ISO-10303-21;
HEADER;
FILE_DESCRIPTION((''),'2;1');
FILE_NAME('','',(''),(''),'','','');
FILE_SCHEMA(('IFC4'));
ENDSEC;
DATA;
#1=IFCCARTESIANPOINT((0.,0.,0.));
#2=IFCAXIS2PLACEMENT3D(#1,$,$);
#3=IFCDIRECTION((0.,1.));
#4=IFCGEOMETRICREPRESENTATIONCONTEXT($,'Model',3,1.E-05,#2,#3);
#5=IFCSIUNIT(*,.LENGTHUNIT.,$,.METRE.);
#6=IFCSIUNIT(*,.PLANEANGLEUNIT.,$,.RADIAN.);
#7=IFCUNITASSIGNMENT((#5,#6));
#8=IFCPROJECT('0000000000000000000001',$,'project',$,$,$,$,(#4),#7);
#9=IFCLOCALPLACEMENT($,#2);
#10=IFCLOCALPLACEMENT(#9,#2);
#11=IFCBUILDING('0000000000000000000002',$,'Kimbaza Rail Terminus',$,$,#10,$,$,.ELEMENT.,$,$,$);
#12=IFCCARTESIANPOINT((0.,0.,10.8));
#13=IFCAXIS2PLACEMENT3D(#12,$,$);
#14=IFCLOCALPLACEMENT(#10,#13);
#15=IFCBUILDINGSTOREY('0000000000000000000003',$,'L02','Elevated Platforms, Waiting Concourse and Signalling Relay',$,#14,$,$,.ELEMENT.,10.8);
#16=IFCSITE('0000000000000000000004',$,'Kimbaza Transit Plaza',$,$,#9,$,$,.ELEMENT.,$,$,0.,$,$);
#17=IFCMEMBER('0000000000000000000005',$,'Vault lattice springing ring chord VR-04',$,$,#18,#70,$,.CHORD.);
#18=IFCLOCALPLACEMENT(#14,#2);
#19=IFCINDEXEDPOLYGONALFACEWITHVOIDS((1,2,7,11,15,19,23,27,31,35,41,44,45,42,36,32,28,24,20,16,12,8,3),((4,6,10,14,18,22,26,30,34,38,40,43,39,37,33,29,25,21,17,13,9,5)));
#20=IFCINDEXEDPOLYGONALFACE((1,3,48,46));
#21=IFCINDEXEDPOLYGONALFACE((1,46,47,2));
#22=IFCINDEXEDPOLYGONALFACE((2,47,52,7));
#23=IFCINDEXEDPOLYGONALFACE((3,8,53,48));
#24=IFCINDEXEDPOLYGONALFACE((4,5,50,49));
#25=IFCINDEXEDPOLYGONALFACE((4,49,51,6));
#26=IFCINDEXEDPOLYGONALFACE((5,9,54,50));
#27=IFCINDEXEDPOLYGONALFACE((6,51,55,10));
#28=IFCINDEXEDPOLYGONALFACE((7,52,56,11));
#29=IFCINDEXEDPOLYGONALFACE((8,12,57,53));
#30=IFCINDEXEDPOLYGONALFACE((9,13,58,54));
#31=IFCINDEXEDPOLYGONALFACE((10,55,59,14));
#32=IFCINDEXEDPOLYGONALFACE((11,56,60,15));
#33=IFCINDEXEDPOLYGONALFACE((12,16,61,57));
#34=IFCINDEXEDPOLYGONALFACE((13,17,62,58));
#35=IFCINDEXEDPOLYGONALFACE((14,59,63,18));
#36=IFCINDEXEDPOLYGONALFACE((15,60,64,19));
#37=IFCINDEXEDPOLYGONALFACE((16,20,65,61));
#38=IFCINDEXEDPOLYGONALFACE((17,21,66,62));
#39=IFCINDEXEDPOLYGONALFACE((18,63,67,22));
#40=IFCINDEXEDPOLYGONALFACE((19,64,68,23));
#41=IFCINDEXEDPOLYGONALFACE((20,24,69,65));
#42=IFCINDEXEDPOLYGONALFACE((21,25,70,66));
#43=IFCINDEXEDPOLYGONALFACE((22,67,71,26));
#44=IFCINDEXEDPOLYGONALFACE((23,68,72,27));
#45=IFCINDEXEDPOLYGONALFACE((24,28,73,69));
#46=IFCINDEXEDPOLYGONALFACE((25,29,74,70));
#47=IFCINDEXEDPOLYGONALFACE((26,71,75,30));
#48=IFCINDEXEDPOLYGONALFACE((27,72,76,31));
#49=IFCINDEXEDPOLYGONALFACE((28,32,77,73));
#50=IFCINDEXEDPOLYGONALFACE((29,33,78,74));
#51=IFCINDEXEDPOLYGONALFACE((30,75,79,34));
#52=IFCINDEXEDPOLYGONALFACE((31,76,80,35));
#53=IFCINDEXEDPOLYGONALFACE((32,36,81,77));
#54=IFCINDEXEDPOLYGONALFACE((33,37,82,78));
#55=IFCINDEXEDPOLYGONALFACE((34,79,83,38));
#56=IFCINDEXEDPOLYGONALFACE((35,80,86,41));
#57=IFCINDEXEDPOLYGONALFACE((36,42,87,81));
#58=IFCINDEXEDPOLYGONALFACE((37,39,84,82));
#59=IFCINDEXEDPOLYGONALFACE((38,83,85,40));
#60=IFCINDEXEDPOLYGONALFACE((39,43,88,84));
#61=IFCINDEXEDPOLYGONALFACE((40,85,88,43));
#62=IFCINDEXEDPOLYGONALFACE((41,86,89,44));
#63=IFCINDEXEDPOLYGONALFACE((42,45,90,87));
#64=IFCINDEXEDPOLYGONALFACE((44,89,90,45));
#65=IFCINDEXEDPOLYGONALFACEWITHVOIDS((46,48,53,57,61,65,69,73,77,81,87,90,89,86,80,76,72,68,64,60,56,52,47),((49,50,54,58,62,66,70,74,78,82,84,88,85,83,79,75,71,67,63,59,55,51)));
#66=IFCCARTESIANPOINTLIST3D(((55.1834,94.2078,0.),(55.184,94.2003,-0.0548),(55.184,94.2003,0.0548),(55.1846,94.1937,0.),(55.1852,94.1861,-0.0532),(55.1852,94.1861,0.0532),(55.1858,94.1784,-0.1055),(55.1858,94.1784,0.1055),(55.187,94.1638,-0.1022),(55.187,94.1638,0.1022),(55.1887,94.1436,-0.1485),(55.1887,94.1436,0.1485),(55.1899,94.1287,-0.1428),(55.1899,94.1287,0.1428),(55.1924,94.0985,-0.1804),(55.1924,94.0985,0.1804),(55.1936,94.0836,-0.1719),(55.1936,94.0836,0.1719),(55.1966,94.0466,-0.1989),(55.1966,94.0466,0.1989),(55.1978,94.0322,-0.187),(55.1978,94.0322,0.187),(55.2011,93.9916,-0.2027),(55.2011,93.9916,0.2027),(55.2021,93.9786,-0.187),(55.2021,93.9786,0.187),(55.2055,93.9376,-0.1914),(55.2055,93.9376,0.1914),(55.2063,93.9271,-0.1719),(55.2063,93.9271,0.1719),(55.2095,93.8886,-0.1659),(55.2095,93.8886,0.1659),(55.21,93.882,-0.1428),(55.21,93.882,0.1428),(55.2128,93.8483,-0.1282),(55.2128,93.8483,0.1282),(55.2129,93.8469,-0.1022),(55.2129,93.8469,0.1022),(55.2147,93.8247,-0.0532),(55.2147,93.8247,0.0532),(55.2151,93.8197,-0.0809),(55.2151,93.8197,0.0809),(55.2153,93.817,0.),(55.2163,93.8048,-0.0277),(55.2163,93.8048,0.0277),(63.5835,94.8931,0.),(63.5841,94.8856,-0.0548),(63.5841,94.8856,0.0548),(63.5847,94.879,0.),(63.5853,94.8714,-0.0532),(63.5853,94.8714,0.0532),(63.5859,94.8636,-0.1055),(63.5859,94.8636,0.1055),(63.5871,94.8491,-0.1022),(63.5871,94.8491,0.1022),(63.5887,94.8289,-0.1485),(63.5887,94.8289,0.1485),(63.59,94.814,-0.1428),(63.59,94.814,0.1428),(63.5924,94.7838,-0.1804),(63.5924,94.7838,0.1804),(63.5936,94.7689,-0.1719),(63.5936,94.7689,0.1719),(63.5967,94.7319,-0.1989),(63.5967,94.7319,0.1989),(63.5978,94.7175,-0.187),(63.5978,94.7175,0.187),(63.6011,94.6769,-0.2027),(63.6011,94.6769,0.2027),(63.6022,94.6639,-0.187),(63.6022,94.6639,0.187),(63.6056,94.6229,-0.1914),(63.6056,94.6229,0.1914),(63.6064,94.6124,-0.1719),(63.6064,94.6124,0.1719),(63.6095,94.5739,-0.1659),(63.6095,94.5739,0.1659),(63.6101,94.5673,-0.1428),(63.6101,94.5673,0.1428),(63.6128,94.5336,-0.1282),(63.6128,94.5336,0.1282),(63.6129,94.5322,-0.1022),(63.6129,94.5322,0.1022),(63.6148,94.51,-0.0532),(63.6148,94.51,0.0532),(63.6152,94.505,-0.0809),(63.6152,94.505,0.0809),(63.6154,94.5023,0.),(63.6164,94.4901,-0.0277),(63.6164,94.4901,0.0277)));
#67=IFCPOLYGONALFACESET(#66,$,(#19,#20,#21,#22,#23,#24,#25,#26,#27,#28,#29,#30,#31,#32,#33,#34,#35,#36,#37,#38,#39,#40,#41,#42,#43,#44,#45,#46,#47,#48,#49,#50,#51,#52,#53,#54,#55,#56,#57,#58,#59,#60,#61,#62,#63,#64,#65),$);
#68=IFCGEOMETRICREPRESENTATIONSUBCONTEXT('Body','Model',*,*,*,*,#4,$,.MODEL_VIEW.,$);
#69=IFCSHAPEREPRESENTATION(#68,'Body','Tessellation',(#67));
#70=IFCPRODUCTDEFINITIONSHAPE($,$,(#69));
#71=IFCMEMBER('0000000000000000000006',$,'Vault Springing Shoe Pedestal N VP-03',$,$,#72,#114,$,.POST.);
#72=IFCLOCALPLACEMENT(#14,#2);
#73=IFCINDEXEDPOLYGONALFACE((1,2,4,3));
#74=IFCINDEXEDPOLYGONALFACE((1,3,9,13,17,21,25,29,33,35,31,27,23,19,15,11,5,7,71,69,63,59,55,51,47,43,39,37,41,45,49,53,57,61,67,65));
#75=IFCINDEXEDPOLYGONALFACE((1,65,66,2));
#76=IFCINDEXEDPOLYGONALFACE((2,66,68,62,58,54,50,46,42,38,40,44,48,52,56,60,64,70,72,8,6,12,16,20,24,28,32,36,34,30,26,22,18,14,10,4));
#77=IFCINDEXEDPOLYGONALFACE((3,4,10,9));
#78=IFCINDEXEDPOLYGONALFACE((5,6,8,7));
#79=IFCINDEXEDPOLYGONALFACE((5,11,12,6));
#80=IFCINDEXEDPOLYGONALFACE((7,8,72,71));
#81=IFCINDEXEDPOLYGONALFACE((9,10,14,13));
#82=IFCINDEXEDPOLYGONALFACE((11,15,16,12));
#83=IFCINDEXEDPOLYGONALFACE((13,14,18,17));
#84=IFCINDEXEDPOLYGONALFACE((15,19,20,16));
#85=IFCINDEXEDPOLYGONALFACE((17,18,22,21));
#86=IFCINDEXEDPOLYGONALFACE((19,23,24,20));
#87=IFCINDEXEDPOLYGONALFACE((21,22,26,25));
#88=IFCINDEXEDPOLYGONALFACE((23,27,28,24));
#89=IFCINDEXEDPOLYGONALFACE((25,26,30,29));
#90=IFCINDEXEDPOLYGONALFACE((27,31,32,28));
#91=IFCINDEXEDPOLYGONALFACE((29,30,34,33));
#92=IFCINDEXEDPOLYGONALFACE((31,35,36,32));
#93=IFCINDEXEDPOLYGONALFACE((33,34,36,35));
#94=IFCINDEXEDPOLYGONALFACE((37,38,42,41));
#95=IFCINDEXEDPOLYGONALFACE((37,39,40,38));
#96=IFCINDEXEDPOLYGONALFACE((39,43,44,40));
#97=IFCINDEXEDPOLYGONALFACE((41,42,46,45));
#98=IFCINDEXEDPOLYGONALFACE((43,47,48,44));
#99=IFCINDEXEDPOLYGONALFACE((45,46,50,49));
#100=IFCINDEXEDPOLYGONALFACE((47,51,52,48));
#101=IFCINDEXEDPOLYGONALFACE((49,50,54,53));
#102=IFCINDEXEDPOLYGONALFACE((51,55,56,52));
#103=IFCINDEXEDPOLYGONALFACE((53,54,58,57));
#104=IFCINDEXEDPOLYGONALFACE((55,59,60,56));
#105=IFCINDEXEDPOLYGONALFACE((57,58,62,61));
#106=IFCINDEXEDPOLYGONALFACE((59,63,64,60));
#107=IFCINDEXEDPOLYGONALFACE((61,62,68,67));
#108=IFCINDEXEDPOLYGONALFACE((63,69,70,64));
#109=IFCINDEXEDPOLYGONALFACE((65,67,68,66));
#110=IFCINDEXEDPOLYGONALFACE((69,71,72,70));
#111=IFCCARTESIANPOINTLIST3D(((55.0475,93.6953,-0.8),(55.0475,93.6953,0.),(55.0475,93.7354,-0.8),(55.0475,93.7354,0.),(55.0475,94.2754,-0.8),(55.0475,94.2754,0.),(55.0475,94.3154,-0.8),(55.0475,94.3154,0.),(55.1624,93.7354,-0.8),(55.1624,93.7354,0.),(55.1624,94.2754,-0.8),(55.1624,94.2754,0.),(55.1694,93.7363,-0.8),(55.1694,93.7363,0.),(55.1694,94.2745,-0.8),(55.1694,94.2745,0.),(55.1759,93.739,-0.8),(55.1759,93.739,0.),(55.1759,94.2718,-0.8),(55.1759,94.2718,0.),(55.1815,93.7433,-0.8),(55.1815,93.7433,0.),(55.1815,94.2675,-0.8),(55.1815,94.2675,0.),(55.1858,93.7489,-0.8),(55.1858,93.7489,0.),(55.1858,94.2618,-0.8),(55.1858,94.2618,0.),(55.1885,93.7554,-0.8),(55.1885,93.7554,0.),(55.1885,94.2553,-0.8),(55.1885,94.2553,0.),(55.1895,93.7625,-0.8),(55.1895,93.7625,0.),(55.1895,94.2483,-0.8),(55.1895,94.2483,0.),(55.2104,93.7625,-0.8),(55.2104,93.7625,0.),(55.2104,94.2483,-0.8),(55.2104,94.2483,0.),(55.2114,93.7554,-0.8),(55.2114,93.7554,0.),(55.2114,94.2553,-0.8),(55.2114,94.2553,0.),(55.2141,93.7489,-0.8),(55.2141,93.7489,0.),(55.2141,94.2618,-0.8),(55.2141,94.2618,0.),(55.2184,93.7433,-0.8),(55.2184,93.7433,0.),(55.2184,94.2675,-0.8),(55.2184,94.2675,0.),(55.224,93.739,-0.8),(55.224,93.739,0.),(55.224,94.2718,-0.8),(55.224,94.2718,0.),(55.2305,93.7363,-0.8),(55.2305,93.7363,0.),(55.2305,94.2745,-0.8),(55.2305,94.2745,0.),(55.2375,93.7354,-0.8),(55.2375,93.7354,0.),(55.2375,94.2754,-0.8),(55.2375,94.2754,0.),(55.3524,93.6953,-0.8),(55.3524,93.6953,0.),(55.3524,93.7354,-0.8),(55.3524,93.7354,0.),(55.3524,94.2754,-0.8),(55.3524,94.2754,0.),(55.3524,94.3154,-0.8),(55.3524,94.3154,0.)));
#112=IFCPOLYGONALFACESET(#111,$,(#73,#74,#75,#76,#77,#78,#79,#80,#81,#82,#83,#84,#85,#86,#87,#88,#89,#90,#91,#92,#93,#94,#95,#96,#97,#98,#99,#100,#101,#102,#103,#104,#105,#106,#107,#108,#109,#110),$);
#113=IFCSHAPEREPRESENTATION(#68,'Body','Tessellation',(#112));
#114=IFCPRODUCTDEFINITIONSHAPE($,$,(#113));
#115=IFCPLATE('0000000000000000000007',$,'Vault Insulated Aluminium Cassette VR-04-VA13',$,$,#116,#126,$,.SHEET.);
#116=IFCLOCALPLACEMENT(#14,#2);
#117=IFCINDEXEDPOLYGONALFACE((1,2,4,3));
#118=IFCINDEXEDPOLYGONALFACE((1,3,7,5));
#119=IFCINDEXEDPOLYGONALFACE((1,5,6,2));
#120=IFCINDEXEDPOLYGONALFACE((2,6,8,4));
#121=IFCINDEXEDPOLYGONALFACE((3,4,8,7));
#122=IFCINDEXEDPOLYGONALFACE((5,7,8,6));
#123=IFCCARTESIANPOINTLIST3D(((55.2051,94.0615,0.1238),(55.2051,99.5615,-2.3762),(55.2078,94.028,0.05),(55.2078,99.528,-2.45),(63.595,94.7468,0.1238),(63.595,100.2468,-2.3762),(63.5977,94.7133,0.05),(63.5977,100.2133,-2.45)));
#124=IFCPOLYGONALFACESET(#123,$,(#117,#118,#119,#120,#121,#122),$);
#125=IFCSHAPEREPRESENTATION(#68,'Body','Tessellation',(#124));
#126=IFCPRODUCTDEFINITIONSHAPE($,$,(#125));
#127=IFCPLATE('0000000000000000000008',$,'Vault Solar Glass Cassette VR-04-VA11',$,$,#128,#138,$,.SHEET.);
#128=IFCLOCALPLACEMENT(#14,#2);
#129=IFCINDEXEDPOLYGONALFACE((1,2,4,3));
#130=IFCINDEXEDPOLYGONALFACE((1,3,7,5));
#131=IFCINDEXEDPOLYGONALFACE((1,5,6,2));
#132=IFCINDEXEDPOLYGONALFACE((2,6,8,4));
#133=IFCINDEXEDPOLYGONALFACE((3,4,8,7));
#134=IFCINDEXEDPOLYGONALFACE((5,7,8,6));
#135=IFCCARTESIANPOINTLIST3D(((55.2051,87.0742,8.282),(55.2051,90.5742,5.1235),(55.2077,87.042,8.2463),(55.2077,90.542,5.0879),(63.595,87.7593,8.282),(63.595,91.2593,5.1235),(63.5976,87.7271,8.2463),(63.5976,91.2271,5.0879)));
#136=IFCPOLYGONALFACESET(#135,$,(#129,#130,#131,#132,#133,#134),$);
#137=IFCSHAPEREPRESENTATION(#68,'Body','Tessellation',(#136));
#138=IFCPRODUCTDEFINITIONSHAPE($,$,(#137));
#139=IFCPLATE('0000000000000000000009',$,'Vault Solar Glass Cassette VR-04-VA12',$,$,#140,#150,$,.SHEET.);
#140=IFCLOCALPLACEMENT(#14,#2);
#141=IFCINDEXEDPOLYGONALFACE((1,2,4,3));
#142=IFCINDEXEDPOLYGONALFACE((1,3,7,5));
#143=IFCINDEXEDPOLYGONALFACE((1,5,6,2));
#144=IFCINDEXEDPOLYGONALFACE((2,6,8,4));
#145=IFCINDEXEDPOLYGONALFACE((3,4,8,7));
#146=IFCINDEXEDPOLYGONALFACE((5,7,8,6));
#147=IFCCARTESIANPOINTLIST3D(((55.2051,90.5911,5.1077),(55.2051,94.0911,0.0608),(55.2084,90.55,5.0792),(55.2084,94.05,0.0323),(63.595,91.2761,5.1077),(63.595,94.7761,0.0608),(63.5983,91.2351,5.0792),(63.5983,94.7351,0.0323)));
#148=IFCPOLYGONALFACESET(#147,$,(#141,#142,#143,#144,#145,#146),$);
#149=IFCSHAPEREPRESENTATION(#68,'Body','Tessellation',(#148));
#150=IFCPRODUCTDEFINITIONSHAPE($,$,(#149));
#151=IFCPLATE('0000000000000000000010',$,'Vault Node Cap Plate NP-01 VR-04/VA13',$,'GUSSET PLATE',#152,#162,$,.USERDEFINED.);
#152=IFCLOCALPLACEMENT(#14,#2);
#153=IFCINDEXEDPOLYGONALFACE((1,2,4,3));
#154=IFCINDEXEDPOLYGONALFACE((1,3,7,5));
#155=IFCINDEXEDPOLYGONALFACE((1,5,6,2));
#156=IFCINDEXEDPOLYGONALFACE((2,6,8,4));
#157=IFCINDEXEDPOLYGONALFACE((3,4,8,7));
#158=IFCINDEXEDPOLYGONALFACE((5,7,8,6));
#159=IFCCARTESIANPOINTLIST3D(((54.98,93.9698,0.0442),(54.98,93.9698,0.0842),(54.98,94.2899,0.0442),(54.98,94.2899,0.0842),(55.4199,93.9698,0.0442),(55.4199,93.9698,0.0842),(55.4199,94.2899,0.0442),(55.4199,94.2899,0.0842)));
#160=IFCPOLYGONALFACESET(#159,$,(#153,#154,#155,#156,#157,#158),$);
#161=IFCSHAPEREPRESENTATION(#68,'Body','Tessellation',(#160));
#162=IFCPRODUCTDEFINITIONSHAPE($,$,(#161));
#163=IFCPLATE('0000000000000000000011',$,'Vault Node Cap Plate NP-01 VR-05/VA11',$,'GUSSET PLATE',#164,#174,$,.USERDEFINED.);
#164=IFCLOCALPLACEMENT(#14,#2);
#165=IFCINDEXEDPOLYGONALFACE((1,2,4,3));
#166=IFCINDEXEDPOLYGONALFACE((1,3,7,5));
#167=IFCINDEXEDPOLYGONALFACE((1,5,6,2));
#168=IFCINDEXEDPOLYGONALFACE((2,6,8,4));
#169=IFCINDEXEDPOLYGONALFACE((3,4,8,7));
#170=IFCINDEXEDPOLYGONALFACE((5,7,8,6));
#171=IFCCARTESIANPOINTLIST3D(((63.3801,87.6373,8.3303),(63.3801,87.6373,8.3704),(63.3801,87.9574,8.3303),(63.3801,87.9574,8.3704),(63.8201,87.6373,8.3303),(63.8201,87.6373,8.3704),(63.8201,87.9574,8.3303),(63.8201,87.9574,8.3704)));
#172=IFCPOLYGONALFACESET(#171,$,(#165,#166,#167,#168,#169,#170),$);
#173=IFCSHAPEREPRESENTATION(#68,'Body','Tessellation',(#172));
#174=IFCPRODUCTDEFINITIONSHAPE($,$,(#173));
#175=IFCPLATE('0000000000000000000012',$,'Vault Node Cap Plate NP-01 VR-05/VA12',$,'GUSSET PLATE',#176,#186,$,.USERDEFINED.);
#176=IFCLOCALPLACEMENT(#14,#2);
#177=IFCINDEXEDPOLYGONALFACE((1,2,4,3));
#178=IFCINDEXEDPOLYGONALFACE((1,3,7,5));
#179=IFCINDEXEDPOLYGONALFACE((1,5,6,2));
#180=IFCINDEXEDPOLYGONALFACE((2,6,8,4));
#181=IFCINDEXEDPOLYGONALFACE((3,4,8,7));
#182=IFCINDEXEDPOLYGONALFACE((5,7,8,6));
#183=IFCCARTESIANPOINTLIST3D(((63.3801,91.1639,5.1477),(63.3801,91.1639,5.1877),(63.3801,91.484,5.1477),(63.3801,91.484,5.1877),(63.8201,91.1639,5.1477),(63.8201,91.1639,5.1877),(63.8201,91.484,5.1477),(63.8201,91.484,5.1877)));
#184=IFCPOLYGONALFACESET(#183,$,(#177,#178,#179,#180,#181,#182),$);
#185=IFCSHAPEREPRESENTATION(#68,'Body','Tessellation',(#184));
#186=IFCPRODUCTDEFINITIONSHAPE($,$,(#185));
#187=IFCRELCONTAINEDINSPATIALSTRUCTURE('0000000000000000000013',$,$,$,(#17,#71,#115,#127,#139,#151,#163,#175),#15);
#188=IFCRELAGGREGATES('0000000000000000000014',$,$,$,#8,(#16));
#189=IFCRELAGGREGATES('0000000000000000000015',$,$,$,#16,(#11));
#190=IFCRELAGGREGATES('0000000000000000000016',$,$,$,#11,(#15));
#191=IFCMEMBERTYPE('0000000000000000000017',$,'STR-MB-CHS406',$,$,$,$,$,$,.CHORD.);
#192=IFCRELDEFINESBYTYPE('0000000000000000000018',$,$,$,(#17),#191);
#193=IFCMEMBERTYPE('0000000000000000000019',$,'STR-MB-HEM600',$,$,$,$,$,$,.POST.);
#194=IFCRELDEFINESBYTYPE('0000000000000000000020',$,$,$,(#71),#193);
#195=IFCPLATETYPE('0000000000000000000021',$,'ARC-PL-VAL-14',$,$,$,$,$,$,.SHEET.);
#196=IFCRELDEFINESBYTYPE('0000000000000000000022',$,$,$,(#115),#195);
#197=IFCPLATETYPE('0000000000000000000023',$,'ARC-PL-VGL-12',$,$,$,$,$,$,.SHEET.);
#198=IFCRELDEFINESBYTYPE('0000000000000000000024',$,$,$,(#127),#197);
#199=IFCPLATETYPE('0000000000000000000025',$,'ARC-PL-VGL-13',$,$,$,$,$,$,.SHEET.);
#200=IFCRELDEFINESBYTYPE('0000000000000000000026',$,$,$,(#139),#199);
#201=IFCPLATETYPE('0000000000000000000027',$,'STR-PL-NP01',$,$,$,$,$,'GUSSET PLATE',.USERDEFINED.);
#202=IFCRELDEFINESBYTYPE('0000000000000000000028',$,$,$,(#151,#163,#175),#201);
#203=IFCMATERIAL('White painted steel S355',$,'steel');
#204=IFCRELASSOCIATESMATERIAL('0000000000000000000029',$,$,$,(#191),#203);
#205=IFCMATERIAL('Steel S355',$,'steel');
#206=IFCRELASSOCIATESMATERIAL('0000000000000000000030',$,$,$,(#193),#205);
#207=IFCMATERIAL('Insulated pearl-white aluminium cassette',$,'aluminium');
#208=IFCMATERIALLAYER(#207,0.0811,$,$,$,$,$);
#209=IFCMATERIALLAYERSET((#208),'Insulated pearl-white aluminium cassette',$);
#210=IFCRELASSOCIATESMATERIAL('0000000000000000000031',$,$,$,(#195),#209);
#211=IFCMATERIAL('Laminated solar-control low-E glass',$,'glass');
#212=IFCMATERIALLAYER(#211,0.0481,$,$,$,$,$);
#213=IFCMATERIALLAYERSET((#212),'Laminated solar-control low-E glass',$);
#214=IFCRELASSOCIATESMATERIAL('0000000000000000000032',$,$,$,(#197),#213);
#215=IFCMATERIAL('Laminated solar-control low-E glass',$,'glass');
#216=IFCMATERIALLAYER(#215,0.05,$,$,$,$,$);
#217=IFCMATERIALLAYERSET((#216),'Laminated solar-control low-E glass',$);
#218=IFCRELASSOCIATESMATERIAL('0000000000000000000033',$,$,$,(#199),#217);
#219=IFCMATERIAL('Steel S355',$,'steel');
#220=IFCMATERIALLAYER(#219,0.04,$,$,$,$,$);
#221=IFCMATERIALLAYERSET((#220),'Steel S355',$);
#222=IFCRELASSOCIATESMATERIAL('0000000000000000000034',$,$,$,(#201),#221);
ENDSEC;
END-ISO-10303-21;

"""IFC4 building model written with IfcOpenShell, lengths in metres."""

from ifc_helpers import new_model, si_unit, direction, frame, origin, origin_2d, place, context, subcontext, project, spatial, polyline, rectangle, hollow_circle, i_section, outline, extrude, material, layer, layer_set, material_profile, profile_set, type_object, element, save


model = new_model("IFC4")

# Units and contexts
model_context = context("Model", 3, precision=1e-05, world=origin(), true_north=direction((0.0, 1.0)))
body_context = subcontext(model_context, "Body", "Model", "MODEL_VIEW")
ifc_project = project(units=[si_unit("LENGTHUNIT", "METRE"), si_unit("PLANEANGLEUNIT", "RADIAN")], contexts=[model_context])

# Site, building, storey
site_placement = place(None, origin())
site = spatial("IfcSite", under=ifc_project, at=site_placement, Name="Kimbaza Transit Plaza", CompositionType="ELEMENT", RefElevation=0.0)
building_placement = place(site_placement, origin())
building = spatial("IfcBuilding", under=site, at=building_placement, Name="Kimbaza Rail Terminus", CompositionType="ELEMENT")
storey_placement = place(building_placement, frame((0.0, 0.0, 10.8)))
storey = spatial("IfcBuildingStorey", under=building, at=storey_placement, Name="L02", Description="Elevated Platforms, Waiting Concourse and Signalling Relay", CompositionType="ELEMENT", Elevation=10.8)

# Members
ifc_material_1 = material(Name="White painted steel S355", Category="steel")
ifc_material_profile_1 = material_profile(ifc_material_1, hollow_circle(Radius=0.2031, WallThickness=0.0142, at=origin_2d()), Name="CHS 406.4x14.2")
ifc_profile_set_1 = profile_set([ifc_material_profile_1], Name="White painted steel S355")
member_type_1 = type_object("IfcMemberType", Name="STR-MB-CHS406", PredefinedType="CHORD", material=ifc_profile_set_1)
member_1_placement = place(storey_placement, frame((55.2, 94.0054, 0.0), z_axis=(0.996689, 0.081312, 0.0), x_axis=(-0.081312, 0.996689, 0.0)))
element("IfcMember", 1, at=member_1_placement, inside=storey, type_object=member_type_1, Name="Vault lattice springing ring chord VR-04", PredefinedType="CHORD", context=body_context, shape_type="SweptSolid", body=[
    extrude(hollow_circle(Radius=0.2031, WallThickness=0.0142, at=origin_2d()), origin(), (0.0, 0.0, 1.0), 8.428),
])
ifc_material_2 = material(Name="Steel S355", Category="steel")
ifc_material_profile_2 = material_profile(ifc_material_2, i_section(OverallWidth=0.3049, OverallDepth=0.6201, WebThickness=0.021, FlangeThickness=0.04, FilletRadius=0.0271, at=origin_2d()), Name="HEM 600")
ifc_profile_set_2 = profile_set([ifc_material_profile_2], Name="Steel S355")
member_type_2 = type_object("IfcMemberType", Name="STR-MB-HEM600", PredefinedType="POST", material=ifc_profile_set_2)
member_2_placement = place(storey_placement, frame((55.2, 94.0054, -0.8), z_axis=(0.0, 0.0, 1.0), x_axis=(1.0, 0.0, 0.0)))
element("IfcMember", 2, at=member_2_placement, inside=storey, type_object=member_type_2, Name="Vault Springing Shoe Pedestal N VP-03", PredefinedType="POST", context=body_context, shape_type="SweptSolid", body=[
    extrude(i_section(OverallWidth=0.3049, OverallDepth=0.6201, WebThickness=0.021, FlangeThickness=0.04, FilletRadius=0.0271, at=origin_2d()), origin(), (0.0, 0.0, 1.0), 0.8),
])

# Plates
ifc_material_3 = material(Name="Insulated pearl-white aluminium cassette", Category="aluminium")
ifc_layer_1 = layer(ifc_material_3, 0.0811)
ifc_layer_set_1 = layer_set([ifc_layer_1], Name="Insulated pearl-white aluminium cassette")
plate_type_1 = type_object("IfcPlateType", Name="ARC-PL-VAL-14", PredefinedType="SHEET", material=ifc_layer_set_1)
plate_1_placement = place(storey_placement, frame((55.2051, 94.0615, 0.1238), z_axis=(-0.033781, 0.413567, 0.909847), x_axis=(0.996681, 0.081411, 0.0)))
element("IfcPlate", 3, at=plate_1_placement, inside=storey, type_object=plate_type_1, Name="Vault Insulated Aluminium Cassette VR-04-VA13", PredefinedType="SHEET", context=body_context, shape_type="SweptSolid", body=[
    extrude(outline(polyline([(0.0, 0.0), (8.4178, 0.0), (8.8656, 6.0249), (0.4478, 6.0249), (0.0, 0.0)])), origin(), (0.0, 0.0, -1.0), 0.0811),
])
ifc_material_4 = material(Name="Laminated solar-control low-E glass", Category="glass")
ifc_layer_2 = layer(ifc_material_4, 0.0481)
ifc_layer_set_2 = layer_set([ifc_layer_2], Name="Laminated solar-control low-E glass")
plate_type_2 = type_object("IfcPlateType", Name="ARC-PL-VGL-12", PredefinedType="SHEET", material=ifc_layer_set_2)
plate_2_placement = place(storey_placement, frame((55.2051, 87.0742, 8.282), z_axis=(-0.054622, 0.668954, 0.741294), x_axis=(0.996683, 0.081382, 0.0)))
element("IfcPlate", 4, at=plate_2_placement, inside=storey, type_object=plate_type_2, Name="Vault Solar Glass Cassette VR-04-VA11", PredefinedType="SHEET", context=body_context, shape_type="SweptSolid", body=[
    extrude(outline(polyline([(0.0, 0.0), (8.4178, 0.0), (8.7027, 4.7058), (0.2848, 4.7058), (0.0, 0.0)])), origin(), (0.0, 0.0, -1.0), 0.0481),
])
ifc_material_5 = material(Name="Laminated solar-control low-E glass", Category="glass")
ifc_layer_3 = layer(ifc_material_5, 0.05)
ifc_layer_set_3 = layer_set([ifc_layer_3], Name="Laminated solar-control low-E glass")
plate_type_3 = type_object("IfcPlateType", Name="ARC-PL-VGL-13", PredefinedType="SHEET", material=ifc_layer_set_3)
plate_3_placement = place(storey_placement, frame((55.2051, 90.5911, 5.1077), z_axis=(-0.066946, 0.81989, 0.568593), x_axis=(0.996683, 0.081382, 0.0)))
element("IfcPlate", 5, at=plate_3_placement, inside=storey, type_object=plate_type_3, Name="Vault Solar Glass Cassette VR-04-VA12", PredefinedType="SHEET", context=body_context, shape_type="SweptSolid", body=[
    extrude(outline(polyline([(0.0, 0.0), (8.4178, 0.0), (8.7027, 6.1351), (0.2848, 6.1351), (0.0, 0.0)])), origin(), (0.0, 0.0, -1.0), 0.05),
])
ifc_material_6 = material(Name="Steel S355", Category="steel")
ifc_layer_4 = layer(ifc_material_6, 0.04)
ifc_layer_set_4 = layer_set([ifc_layer_4], Name="Steel S355")
plate_type_4 = type_object("IfcPlateType", Name="STR-PL-NP01", ElementType="GUSSET PLATE", PredefinedType="USERDEFINED", material=ifc_layer_set_4)
for number, where, z_axis, x_axis, name in (
    (6, (55.2, 94.1299, 0.0442), (0.0, 0.0, 1.0), (1.0, 0.0, 0.0), "Vault Node Cap Plate NP-01 VR-04/VA13"),
    (7, (63.6001, 87.7974, 8.3303), (0.0, 0.0, 1.0), (1.0, 0.0, 0.0), "Vault Node Cap Plate NP-01 VR-05/VA11"),
    (8, (63.6001, 91.324, 5.1477), (0.0, 0.0, 1.0), (1.0, 0.0, 0.0), "Vault Node Cap Plate NP-01 VR-05/VA12"),
):
    element("IfcPlate", number, at=place(storey_placement, frame(where, z_axis=z_axis, x_axis=x_axis)), inside=storey, type_object=plate_type_4, Name=name, ObjectType="GUSSET PLATE", PredefinedType="USERDEFINED", context=body_context, shape_type="SweptSolid", body=[
        extrude(rectangle(XDim=0.4399, YDim=0.3201, at=origin_2d()), origin(), (0.0, 0.0, 1.0), 0.04),
    ])

save(model, "model.ifc")
